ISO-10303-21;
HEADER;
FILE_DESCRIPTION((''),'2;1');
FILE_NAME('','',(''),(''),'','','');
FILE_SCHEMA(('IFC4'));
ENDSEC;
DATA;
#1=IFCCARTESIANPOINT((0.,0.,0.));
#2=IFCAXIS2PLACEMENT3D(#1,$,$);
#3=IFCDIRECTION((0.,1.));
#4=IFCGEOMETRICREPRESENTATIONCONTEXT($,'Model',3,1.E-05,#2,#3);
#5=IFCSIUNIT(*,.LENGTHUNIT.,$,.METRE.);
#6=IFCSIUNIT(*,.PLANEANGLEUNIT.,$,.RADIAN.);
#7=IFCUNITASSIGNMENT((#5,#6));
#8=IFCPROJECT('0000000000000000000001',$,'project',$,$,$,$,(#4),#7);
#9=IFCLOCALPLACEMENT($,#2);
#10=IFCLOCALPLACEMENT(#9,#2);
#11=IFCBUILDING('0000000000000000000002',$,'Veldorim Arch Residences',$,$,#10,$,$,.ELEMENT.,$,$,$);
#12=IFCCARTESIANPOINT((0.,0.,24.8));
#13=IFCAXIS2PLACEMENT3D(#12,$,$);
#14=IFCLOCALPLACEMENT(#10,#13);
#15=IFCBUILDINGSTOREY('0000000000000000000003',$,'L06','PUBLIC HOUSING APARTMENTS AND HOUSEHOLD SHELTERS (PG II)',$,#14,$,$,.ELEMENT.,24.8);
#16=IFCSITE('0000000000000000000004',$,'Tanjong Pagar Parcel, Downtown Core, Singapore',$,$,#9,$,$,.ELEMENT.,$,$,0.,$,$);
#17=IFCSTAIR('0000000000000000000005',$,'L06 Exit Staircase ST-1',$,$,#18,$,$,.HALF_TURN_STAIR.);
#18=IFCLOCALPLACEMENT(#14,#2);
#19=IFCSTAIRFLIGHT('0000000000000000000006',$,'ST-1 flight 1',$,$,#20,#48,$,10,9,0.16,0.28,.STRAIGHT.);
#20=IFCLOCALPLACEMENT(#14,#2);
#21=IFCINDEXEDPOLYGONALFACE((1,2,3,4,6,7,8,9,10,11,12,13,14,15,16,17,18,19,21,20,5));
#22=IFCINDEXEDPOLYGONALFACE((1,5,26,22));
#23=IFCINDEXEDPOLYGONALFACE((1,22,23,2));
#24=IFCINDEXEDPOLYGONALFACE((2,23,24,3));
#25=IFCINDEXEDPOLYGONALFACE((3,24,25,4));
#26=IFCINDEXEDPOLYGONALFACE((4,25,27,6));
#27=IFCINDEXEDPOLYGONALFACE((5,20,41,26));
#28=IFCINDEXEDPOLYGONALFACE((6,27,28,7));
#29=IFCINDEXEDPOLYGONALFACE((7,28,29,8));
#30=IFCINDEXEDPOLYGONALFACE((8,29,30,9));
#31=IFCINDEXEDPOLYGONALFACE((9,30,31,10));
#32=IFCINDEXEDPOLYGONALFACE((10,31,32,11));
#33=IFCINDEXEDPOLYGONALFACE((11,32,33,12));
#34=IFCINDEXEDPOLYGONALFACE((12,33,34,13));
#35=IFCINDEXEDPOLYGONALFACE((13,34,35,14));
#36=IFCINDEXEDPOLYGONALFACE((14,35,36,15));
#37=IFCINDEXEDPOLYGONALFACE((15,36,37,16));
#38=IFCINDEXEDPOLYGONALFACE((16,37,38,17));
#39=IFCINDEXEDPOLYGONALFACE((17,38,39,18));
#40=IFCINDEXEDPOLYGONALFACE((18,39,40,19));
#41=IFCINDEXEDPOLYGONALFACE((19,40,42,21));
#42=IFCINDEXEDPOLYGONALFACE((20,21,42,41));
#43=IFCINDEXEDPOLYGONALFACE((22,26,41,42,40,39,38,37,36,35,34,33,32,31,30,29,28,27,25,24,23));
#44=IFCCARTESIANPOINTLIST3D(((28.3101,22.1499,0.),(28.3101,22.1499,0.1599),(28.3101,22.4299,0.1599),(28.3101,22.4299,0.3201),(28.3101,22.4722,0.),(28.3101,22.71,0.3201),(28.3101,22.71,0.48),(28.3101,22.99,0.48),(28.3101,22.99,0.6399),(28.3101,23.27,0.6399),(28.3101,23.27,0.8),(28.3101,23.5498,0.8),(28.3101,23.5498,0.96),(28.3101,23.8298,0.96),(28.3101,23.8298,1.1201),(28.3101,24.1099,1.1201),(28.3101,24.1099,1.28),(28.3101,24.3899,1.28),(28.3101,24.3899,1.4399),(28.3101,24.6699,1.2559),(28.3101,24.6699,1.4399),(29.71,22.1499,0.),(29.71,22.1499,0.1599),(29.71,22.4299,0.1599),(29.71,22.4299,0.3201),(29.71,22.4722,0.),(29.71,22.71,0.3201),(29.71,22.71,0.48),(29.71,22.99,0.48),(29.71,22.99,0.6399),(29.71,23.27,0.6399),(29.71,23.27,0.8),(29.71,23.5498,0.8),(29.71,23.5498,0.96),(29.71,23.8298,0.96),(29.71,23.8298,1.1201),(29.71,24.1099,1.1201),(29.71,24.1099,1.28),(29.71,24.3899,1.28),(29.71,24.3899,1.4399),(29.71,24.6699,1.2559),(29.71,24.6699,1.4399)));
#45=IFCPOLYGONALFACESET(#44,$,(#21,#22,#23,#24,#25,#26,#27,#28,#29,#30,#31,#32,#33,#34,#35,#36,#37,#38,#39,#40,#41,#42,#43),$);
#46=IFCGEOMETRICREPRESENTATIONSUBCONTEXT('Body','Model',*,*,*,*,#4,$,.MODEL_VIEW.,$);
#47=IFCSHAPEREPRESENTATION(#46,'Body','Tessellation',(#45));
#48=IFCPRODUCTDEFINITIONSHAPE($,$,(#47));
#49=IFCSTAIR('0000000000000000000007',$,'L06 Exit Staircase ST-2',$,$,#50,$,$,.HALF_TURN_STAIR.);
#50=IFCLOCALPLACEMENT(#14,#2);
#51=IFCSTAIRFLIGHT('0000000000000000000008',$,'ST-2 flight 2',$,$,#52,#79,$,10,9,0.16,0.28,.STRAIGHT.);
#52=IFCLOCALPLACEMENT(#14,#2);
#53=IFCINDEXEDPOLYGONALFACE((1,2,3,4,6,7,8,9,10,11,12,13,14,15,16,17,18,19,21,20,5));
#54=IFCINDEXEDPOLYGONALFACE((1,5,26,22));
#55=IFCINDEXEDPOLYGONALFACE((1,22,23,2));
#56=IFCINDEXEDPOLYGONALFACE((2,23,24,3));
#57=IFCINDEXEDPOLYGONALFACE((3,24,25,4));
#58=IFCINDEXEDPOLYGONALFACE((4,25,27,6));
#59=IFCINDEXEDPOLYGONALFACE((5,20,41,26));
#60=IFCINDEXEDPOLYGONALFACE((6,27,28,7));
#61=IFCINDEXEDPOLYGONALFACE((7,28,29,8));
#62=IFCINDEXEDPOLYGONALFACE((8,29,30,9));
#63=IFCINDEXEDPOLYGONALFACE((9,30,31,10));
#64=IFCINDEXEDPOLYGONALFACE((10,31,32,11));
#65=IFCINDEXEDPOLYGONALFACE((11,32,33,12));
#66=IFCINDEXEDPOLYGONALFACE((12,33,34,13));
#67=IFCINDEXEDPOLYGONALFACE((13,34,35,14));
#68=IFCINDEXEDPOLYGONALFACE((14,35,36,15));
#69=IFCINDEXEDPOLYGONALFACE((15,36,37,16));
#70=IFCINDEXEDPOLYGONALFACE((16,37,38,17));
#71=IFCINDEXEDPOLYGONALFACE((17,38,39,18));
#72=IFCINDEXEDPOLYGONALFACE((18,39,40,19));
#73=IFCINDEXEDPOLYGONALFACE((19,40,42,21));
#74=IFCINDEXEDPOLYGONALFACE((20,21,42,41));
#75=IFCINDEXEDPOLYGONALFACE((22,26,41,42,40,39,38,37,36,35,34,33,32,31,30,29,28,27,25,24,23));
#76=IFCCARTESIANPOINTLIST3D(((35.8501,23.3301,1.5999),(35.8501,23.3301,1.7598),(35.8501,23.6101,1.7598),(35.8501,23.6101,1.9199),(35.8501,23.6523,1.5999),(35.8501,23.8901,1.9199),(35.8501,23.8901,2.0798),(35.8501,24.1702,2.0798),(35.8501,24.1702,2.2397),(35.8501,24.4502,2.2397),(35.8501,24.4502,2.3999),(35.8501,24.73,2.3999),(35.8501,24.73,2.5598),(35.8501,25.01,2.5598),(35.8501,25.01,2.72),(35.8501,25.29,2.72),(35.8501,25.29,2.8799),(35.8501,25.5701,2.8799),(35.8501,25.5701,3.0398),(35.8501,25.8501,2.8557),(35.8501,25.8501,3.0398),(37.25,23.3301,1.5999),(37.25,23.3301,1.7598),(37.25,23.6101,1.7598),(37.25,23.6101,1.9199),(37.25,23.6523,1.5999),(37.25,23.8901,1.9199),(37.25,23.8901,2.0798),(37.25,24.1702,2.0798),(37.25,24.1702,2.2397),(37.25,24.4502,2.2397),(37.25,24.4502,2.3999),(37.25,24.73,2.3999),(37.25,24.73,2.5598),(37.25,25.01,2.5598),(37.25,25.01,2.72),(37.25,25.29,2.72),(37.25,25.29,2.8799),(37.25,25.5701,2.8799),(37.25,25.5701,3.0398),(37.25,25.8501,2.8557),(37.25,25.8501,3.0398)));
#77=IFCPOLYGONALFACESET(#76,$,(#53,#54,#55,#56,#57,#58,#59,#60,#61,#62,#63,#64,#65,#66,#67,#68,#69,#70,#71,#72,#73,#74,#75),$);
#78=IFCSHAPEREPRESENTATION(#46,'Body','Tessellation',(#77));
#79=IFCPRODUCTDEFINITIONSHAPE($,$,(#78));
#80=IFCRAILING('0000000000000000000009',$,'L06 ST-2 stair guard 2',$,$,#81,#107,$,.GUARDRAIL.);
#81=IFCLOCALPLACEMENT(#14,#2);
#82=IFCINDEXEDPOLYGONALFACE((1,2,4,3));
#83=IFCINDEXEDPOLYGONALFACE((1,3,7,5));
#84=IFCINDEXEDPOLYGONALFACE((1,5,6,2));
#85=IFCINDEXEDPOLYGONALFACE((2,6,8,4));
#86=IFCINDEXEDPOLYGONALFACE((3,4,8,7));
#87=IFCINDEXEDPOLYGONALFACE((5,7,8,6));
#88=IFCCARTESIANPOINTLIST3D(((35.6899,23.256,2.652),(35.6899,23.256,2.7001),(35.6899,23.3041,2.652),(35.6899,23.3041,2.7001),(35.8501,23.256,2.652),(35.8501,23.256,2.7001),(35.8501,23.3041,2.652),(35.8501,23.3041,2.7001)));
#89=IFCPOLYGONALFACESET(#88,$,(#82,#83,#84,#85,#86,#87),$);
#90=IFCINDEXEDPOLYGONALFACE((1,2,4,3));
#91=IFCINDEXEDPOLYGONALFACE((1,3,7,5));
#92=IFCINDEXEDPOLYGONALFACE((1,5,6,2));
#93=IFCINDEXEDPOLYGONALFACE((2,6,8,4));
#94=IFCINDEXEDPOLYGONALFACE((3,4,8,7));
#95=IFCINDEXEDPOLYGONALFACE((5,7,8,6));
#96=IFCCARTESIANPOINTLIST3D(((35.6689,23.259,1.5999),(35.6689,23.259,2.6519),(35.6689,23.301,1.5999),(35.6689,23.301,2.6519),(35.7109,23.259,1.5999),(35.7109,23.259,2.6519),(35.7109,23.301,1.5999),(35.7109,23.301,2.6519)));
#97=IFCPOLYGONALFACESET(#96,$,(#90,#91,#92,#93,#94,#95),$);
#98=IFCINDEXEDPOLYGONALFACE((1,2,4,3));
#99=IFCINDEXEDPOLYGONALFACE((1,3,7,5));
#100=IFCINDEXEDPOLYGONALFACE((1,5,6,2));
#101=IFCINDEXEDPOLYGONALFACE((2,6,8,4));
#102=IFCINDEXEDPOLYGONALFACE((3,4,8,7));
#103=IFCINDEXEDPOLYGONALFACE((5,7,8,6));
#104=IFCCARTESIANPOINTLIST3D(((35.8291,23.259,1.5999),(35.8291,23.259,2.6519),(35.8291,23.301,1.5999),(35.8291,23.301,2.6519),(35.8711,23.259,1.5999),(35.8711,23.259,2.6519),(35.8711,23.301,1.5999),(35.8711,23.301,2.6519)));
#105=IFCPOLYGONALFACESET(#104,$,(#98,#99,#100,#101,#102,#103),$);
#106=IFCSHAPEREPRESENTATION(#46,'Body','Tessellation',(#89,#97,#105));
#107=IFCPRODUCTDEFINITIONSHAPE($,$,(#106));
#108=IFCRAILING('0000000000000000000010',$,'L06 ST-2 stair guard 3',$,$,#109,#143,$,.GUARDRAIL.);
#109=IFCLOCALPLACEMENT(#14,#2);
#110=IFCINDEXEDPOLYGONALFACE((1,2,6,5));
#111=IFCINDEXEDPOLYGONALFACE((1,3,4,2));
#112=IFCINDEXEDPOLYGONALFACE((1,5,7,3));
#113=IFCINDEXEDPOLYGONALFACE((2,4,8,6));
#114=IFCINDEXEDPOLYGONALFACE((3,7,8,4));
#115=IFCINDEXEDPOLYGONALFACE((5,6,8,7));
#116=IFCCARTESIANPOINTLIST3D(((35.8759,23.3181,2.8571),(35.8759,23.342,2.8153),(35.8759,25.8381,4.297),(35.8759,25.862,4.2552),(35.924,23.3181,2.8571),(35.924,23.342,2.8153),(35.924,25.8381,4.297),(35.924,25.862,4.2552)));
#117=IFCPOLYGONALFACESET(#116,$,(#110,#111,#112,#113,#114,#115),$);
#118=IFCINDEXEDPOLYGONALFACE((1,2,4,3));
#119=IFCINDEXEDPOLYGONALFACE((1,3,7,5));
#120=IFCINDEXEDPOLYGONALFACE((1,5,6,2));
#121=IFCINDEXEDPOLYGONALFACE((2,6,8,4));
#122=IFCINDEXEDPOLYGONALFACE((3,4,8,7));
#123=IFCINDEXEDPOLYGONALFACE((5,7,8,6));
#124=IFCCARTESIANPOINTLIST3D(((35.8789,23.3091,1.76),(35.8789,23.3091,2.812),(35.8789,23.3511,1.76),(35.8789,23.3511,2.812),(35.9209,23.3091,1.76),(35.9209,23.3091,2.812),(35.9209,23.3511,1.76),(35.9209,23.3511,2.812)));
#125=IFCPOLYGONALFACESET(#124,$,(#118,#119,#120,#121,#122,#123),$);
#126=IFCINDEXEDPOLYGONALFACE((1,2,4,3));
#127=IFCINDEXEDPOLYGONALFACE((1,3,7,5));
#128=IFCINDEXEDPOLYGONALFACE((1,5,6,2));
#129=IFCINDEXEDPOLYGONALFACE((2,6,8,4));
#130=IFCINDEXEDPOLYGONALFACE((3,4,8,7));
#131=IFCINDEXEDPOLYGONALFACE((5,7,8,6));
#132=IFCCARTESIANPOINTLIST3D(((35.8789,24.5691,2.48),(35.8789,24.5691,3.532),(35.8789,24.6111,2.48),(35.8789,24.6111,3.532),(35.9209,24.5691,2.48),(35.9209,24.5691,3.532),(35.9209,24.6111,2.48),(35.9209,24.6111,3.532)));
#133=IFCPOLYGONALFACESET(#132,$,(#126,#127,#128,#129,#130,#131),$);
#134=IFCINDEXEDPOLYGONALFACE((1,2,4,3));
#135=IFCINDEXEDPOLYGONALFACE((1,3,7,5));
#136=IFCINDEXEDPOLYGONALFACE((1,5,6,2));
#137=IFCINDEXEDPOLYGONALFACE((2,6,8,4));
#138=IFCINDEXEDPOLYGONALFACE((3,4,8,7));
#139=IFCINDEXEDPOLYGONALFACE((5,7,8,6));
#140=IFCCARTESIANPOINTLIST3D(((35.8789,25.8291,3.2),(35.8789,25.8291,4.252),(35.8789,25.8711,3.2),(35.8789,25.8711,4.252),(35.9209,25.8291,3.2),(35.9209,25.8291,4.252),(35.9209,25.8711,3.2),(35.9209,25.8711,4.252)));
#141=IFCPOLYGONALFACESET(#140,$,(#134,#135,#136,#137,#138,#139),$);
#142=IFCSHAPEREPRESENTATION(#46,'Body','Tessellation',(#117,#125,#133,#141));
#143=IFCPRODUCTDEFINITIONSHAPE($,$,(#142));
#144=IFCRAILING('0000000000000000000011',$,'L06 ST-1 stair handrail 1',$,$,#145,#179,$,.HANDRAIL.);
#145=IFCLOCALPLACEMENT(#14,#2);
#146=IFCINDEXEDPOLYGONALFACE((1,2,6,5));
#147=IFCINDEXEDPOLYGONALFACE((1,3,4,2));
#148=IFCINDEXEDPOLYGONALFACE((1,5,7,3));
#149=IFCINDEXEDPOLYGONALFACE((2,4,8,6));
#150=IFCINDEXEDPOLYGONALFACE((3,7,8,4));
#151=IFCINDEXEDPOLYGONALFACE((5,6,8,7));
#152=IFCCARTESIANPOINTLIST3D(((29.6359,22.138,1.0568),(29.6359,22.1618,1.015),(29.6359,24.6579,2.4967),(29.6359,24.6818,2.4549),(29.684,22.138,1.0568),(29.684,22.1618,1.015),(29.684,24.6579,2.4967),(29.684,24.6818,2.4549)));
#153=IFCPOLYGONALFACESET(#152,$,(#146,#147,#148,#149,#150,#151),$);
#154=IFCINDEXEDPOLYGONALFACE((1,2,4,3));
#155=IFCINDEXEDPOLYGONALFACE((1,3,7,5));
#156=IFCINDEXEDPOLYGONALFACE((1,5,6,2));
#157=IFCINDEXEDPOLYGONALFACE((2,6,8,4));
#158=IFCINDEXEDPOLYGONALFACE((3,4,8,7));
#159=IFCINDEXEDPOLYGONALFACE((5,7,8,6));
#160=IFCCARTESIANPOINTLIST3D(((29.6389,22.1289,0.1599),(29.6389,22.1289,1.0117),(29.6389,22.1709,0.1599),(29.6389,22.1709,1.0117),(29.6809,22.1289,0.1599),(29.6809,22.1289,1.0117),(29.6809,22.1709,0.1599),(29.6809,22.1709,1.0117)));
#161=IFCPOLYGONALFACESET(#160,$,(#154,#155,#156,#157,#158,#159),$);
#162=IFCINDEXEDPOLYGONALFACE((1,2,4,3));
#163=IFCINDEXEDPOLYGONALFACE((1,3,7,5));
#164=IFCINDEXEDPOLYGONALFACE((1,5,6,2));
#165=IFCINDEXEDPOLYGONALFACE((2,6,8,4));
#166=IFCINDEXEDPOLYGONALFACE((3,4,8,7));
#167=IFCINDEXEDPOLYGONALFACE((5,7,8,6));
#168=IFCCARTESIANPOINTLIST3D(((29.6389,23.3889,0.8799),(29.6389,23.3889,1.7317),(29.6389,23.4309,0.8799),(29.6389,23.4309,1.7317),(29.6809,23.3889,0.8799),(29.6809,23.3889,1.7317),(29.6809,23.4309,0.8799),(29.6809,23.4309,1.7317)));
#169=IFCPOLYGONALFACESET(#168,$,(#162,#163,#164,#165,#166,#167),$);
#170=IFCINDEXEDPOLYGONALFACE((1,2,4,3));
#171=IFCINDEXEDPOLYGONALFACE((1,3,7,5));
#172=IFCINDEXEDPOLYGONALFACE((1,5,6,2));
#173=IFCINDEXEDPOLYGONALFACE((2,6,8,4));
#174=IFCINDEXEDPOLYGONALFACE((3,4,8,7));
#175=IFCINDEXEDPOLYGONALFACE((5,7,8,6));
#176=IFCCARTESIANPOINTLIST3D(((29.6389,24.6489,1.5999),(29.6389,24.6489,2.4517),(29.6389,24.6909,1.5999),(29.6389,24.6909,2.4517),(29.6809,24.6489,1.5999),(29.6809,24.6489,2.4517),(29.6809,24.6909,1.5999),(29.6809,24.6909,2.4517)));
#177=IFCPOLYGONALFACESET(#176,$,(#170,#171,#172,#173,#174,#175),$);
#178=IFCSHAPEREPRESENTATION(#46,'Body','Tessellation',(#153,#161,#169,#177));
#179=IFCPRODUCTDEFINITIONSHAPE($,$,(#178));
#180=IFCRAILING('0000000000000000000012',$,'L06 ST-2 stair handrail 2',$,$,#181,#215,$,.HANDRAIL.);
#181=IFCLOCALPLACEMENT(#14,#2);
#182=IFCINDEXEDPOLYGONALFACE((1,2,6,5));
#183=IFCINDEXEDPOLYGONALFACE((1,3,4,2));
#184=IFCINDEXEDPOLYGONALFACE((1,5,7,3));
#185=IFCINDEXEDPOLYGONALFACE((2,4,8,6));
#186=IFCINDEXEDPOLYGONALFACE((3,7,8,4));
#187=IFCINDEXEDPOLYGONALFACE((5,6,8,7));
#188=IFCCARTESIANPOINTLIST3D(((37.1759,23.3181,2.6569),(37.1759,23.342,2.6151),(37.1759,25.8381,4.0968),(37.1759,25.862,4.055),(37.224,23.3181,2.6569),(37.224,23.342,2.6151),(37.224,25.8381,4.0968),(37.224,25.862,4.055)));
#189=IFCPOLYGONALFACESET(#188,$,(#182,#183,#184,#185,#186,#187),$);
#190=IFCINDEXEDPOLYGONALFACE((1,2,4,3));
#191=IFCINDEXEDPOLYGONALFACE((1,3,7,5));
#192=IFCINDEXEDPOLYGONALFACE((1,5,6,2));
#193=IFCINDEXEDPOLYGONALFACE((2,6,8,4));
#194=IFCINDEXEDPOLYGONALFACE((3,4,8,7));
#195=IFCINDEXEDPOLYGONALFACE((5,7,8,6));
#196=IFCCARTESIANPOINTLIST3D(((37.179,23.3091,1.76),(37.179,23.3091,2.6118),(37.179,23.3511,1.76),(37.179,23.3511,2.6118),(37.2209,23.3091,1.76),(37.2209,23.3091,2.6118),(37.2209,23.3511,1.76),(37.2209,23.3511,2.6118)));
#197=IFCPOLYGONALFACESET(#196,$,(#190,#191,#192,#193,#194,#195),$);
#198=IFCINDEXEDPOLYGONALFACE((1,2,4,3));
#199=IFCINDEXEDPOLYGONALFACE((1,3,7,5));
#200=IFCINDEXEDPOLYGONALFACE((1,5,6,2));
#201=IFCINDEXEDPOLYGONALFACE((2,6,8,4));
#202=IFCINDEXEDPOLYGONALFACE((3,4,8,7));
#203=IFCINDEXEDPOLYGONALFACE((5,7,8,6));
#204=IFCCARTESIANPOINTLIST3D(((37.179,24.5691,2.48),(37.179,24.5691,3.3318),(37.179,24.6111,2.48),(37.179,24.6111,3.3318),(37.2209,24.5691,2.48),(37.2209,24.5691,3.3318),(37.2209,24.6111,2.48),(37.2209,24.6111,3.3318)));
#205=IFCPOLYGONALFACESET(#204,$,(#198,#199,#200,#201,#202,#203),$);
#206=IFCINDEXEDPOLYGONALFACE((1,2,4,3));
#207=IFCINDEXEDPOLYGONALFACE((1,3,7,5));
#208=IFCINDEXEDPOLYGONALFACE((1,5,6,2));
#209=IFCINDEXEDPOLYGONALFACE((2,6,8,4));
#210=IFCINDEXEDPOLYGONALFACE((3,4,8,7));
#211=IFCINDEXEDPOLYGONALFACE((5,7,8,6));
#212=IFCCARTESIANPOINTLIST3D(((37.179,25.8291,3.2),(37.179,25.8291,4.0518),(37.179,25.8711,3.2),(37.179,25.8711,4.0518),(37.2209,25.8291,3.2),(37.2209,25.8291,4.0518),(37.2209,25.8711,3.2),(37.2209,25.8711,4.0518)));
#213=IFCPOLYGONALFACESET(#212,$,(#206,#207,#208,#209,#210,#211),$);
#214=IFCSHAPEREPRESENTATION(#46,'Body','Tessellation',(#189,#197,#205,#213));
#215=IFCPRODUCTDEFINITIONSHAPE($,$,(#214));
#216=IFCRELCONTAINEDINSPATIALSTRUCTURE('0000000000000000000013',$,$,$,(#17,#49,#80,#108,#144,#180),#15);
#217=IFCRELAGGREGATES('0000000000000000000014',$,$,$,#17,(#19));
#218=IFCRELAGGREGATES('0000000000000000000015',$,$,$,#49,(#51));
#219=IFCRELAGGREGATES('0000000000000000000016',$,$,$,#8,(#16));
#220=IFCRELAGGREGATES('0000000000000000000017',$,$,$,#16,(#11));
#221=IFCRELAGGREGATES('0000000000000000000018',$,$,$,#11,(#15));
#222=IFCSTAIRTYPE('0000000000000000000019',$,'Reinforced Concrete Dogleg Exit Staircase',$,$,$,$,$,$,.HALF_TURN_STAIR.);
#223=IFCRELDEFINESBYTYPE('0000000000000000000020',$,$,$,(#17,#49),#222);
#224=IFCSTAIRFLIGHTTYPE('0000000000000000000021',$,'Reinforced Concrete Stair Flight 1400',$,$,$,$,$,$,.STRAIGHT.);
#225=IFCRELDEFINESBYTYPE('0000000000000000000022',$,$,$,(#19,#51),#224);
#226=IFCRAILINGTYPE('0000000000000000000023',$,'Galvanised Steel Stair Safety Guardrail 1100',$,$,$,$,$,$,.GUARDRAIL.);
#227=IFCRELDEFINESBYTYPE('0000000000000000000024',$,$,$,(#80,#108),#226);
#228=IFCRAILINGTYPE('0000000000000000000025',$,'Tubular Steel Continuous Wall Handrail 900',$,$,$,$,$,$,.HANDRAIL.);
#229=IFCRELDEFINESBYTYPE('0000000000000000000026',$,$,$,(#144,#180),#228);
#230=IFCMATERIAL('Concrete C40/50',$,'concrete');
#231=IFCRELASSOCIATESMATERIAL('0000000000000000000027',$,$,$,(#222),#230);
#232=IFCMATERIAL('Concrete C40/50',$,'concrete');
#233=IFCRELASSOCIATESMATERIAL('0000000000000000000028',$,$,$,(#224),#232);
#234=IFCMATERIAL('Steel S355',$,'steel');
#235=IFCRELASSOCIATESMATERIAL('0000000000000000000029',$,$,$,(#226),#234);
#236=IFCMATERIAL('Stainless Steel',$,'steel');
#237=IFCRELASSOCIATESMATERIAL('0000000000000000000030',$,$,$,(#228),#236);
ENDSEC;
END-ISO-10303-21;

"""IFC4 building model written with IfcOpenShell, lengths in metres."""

from ifc_helpers import new_model, si_unit, direction, frame, origin, origin_2d, place, context, subcontext, project, spatial, polyline, rectangle, outline, extrude, material, type_object, element, aggregate, save


model = new_model("IFC4")

# Units and contexts
model_context = context("Model", 3, precision=1e-05, world=origin(), true_north=direction((0.0, 1.0)))
body_context = subcontext(model_context, "Body", "Model", "MODEL_VIEW")
ifc_project = project(units=[si_unit("LENGTHUNIT", "METRE"), si_unit("PLANEANGLEUNIT", "RADIAN")], contexts=[model_context])

# Site, building, storey
site_placement = place(None, origin())
site = spatial("IfcSite", under=ifc_project, at=site_placement, Name="Tanjong Pagar Parcel, Downtown Core, Singapore", CompositionType="ELEMENT", RefElevation=0.0)
building_placement = place(site_placement, origin())
building = spatial("IfcBuilding", under=site, at=building_placement, Name="Veldorim Arch Residences", CompositionType="ELEMENT")
storey_placement = place(building_placement, frame((0.0, 0.0, 24.8)))
storey = spatial("IfcBuildingStorey", under=building, at=storey_placement, Name="L06", Description="PUBLIC HOUSING APARTMENTS AND HOUSEHOLD SHELTERS (PG II)", CompositionType="ELEMENT", Elevation=24.8)

# Stairs, stair flights
ifc_material_1 = material(Name="Concrete C40/50", Category="concrete")
stair_type = type_object("IfcStairType", Name="Reinforced Concrete Dogleg Exit Staircase", PredefinedType="HALF_TURN_STAIR", material=ifc_material_1)
stair_1_placement = place(storey_placement, origin())
stair_1 = element("IfcStair", 1, at=stair_1_placement, inside=storey, type_object=stair_type, Name="L06 Exit Staircase ST-1", PredefinedType="HALF_TURN_STAIR")
ifc_material_2 = material(Name="Concrete C40/50", Category="concrete")
stair_flight_type = type_object("IfcStairFlightType", Name="Reinforced Concrete Stair Flight 1400", PredefinedType="STRAIGHT", material=ifc_material_2)
stair_flight_1_placement = place(storey_placement, frame((29.01, 22.1499, 0.0), z_axis=(0.0, 0.0, 1.0), x_axis=(0.0, 1.0, 0.0)))
stair_flight_1 = element("IfcStairFlight", 2, at=stair_flight_1_placement, type_object=stair_flight_type, Name="ST-1 flight 1", NumberOfRisers=10, NumberOfTreads=9, PredefinedType="STRAIGHT", RiserHeight=0.16, TreadLength=0.28, context=body_context, shape_type="SweptSolid", body=[
    extrude(outline(polyline([(0.0, 0.0), (0.0, 0.1599), (0.28, 0.1599), (0.28, 0.3201), (0.5601, 0.3201), (0.5601, 0.48), (0.8401, 0.48), (0.8401, 0.6399), (1.1201, 0.6399), (1.1201, 0.8), (1.3999, 0.8), (1.3999, 0.96), (1.6799, 0.96), (1.6799, 1.1201), (1.96, 1.1201), (1.96, 1.28), (2.24, 1.28), (2.24, 1.4399), (2.52, 1.4399), (2.52, 1.6001), (2.52, 1.2559), (0.3223, 0.0), (0.0, 0.0)])), frame((0.0, 0.7, 0.0), z_axis=(0.0, -1.0, 0.0), x_axis=(1.0, 0.0, 0.0)), (0.0, 0.0, 1.0), 1.3999),
])
aggregate(stair_1, [stair_flight_1])
stair_2_placement = place(storey_placement, origin())
stair_2 = element("IfcStair", 3, at=stair_2_placement, inside=storey, type_object=stair_type, Name="L06 Exit Staircase ST-2", PredefinedType="HALF_TURN_STAIR")
stair_flight_2_placement = place(storey_placement, frame((36.55, 23.3301, 1.5999), z_axis=(0.0, 0.0, 1.0), x_axis=(0.0, 1.0, 0.0)))
stair_flight_2 = element("IfcStairFlight", 4, at=stair_flight_2_placement, type_object=stair_flight_type, Name="ST-2 flight 2", NumberOfRisers=10, NumberOfTreads=9, PredefinedType="STRAIGHT", RiserHeight=0.16, TreadLength=0.28, context=body_context, shape_type="SweptSolid", body=[
    extrude(outline(polyline([(0.0, 0.0), (0.0, 0.1599), (0.28, 0.1599), (0.28, 0.3201), (0.5601, 0.3201), (0.5601, 0.48), (0.8401, 0.48), (0.8401, 0.6399), (1.1201, 0.6399), (1.1201, 0.8), (1.3999, 0.8), (1.3999, 0.96), (1.6799, 0.96), (1.6799, 1.1201), (1.96, 1.1201), (1.96, 1.28), (2.24, 1.28), (2.24, 1.4399), (2.52, 1.4399), (2.52, 1.6001), (2.52, 1.2559), (0.3223, 0.0), (0.0, 0.0)])), frame((0.0, 0.7, 0.0), z_axis=(0.0, -1.0, 0.0), x_axis=(1.0, 0.0, 0.0)), (0.0, 0.0, 1.0), 1.3999),
])
aggregate(stair_2, [stair_flight_2])

# Railings
ifc_material_3 = material(Name="Steel S355", Category="steel")
railing_type_1 = type_object("IfcRailingType", Name="Galvanised Steel Stair Safety Guardrail 1100", PredefinedType="GUARDRAIL", material=ifc_material_3)
railing_1_placement = place(storey_placement, frame((35.6899, 23.28, 1.5999)))
element("IfcRailing", 5, at=railing_1_placement, inside=storey, type_object=railing_type_1, Name="L06 ST-2 stair guard 2", PredefinedType="GUARDRAIL", context=body_context, shape_type="SweptSolid", body=[
    extrude(rectangle(XDim=0.0481, YDim=0.0481, at=origin_2d()), frame((0.0, 0.0, 1.0762), z_axis=(1.0, 0.0, 0.0), x_axis=(0.0, 1.0, 0.0)), (0.0, 0.0, 1.0), 0.1602),
    extrude(rectangle(XDim=0.042, YDim=0.042, at=origin_2d()), origin(), (0.0, 0.0, 1.0), 1.052),
    extrude(rectangle(XDim=0.042, YDim=0.042, at=origin_2d()), frame((0.1602, 0.0, 0.0)), (0.0, 0.0, 1.0), 1.052),
])
railing_2_placement = place(storey_placement, frame((35.8999, 23.3301, 1.76)))
element("IfcRailing", 6, at=railing_2_placement, inside=storey, type_object=railing_type_1, Name="L06 ST-2 stair guard 3", PredefinedType="GUARDRAIL", context=body_context, shape_type="SweptSolid", body=[
    extrude(rectangle(XDim=0.0481, YDim=0.0481, at=origin_2d()), frame((0.0, 0.0, 1.0762), z_axis=(0.0, 0.868253, 0.496121), x_axis=(-1.0, 0.0, 0.0)), (0.0, 0.0, 1.0), 2.9023),
    extrude(rectangle(XDim=0.042, YDim=0.042, at=origin_2d()), origin(), (0.0, 0.0, 1.0), 1.052),
    extrude(rectangle(XDim=0.042, YDim=0.042, at=origin_2d()), frame((0.0, 1.26, 0.72)), (0.0, 0.0, 1.0), 1.052),
    extrude(rectangle(XDim=0.042, YDim=0.042, at=origin_2d()), frame((0.0, 2.52, 1.4399)), (0.0, 0.0, 1.0), 1.052),
])
ifc_material_4 = material(Name="Stainless Steel", Category="steel")
railing_type_2 = type_object("IfcRailingType", Name="Tubular Steel Continuous Wall Handrail 900", PredefinedType="HANDRAIL", material=ifc_material_4)
for number, where, name in (
    (7, (29.6599, 22.1499, 0.1599), "L06 ST-1 stair handrail 1"),
    (8, (37.2, 23.3301, 1.76), "L06 ST-2 stair handrail 2"),
):
    element("IfcRailing", number, at=place(storey_placement, frame(where)), inside=storey, type_object=railing_type_2, Name=name, PredefinedType="HANDRAIL", context=body_context, shape_type="SweptSolid", body=[
        extrude(rectangle(XDim=0.0481, YDim=0.0481, at=origin_2d()), frame((0.0, 0.0, 0.876), z_axis=(0.0, 0.868253, 0.496121), x_axis=(-1.0, 0.0, 0.0)), (0.0, 0.0, 1.0), 2.9023),
        extrude(rectangle(XDim=0.042, YDim=0.042, at=origin_2d()), origin(), (0.0, 0.0, 1.0), 0.8518),
        extrude(rectangle(XDim=0.042, YDim=0.042, at=origin_2d()), frame((0.0, 1.26, 0.72)), (0.0, 0.0, 1.0), 0.8518),
        extrude(rectangle(XDim=0.042, YDim=0.042, at=origin_2d()), frame((0.0, 2.52, 1.4399)), (0.0, 0.0, 1.0), 0.8518),
    ])

save(model, "model.ifc")
